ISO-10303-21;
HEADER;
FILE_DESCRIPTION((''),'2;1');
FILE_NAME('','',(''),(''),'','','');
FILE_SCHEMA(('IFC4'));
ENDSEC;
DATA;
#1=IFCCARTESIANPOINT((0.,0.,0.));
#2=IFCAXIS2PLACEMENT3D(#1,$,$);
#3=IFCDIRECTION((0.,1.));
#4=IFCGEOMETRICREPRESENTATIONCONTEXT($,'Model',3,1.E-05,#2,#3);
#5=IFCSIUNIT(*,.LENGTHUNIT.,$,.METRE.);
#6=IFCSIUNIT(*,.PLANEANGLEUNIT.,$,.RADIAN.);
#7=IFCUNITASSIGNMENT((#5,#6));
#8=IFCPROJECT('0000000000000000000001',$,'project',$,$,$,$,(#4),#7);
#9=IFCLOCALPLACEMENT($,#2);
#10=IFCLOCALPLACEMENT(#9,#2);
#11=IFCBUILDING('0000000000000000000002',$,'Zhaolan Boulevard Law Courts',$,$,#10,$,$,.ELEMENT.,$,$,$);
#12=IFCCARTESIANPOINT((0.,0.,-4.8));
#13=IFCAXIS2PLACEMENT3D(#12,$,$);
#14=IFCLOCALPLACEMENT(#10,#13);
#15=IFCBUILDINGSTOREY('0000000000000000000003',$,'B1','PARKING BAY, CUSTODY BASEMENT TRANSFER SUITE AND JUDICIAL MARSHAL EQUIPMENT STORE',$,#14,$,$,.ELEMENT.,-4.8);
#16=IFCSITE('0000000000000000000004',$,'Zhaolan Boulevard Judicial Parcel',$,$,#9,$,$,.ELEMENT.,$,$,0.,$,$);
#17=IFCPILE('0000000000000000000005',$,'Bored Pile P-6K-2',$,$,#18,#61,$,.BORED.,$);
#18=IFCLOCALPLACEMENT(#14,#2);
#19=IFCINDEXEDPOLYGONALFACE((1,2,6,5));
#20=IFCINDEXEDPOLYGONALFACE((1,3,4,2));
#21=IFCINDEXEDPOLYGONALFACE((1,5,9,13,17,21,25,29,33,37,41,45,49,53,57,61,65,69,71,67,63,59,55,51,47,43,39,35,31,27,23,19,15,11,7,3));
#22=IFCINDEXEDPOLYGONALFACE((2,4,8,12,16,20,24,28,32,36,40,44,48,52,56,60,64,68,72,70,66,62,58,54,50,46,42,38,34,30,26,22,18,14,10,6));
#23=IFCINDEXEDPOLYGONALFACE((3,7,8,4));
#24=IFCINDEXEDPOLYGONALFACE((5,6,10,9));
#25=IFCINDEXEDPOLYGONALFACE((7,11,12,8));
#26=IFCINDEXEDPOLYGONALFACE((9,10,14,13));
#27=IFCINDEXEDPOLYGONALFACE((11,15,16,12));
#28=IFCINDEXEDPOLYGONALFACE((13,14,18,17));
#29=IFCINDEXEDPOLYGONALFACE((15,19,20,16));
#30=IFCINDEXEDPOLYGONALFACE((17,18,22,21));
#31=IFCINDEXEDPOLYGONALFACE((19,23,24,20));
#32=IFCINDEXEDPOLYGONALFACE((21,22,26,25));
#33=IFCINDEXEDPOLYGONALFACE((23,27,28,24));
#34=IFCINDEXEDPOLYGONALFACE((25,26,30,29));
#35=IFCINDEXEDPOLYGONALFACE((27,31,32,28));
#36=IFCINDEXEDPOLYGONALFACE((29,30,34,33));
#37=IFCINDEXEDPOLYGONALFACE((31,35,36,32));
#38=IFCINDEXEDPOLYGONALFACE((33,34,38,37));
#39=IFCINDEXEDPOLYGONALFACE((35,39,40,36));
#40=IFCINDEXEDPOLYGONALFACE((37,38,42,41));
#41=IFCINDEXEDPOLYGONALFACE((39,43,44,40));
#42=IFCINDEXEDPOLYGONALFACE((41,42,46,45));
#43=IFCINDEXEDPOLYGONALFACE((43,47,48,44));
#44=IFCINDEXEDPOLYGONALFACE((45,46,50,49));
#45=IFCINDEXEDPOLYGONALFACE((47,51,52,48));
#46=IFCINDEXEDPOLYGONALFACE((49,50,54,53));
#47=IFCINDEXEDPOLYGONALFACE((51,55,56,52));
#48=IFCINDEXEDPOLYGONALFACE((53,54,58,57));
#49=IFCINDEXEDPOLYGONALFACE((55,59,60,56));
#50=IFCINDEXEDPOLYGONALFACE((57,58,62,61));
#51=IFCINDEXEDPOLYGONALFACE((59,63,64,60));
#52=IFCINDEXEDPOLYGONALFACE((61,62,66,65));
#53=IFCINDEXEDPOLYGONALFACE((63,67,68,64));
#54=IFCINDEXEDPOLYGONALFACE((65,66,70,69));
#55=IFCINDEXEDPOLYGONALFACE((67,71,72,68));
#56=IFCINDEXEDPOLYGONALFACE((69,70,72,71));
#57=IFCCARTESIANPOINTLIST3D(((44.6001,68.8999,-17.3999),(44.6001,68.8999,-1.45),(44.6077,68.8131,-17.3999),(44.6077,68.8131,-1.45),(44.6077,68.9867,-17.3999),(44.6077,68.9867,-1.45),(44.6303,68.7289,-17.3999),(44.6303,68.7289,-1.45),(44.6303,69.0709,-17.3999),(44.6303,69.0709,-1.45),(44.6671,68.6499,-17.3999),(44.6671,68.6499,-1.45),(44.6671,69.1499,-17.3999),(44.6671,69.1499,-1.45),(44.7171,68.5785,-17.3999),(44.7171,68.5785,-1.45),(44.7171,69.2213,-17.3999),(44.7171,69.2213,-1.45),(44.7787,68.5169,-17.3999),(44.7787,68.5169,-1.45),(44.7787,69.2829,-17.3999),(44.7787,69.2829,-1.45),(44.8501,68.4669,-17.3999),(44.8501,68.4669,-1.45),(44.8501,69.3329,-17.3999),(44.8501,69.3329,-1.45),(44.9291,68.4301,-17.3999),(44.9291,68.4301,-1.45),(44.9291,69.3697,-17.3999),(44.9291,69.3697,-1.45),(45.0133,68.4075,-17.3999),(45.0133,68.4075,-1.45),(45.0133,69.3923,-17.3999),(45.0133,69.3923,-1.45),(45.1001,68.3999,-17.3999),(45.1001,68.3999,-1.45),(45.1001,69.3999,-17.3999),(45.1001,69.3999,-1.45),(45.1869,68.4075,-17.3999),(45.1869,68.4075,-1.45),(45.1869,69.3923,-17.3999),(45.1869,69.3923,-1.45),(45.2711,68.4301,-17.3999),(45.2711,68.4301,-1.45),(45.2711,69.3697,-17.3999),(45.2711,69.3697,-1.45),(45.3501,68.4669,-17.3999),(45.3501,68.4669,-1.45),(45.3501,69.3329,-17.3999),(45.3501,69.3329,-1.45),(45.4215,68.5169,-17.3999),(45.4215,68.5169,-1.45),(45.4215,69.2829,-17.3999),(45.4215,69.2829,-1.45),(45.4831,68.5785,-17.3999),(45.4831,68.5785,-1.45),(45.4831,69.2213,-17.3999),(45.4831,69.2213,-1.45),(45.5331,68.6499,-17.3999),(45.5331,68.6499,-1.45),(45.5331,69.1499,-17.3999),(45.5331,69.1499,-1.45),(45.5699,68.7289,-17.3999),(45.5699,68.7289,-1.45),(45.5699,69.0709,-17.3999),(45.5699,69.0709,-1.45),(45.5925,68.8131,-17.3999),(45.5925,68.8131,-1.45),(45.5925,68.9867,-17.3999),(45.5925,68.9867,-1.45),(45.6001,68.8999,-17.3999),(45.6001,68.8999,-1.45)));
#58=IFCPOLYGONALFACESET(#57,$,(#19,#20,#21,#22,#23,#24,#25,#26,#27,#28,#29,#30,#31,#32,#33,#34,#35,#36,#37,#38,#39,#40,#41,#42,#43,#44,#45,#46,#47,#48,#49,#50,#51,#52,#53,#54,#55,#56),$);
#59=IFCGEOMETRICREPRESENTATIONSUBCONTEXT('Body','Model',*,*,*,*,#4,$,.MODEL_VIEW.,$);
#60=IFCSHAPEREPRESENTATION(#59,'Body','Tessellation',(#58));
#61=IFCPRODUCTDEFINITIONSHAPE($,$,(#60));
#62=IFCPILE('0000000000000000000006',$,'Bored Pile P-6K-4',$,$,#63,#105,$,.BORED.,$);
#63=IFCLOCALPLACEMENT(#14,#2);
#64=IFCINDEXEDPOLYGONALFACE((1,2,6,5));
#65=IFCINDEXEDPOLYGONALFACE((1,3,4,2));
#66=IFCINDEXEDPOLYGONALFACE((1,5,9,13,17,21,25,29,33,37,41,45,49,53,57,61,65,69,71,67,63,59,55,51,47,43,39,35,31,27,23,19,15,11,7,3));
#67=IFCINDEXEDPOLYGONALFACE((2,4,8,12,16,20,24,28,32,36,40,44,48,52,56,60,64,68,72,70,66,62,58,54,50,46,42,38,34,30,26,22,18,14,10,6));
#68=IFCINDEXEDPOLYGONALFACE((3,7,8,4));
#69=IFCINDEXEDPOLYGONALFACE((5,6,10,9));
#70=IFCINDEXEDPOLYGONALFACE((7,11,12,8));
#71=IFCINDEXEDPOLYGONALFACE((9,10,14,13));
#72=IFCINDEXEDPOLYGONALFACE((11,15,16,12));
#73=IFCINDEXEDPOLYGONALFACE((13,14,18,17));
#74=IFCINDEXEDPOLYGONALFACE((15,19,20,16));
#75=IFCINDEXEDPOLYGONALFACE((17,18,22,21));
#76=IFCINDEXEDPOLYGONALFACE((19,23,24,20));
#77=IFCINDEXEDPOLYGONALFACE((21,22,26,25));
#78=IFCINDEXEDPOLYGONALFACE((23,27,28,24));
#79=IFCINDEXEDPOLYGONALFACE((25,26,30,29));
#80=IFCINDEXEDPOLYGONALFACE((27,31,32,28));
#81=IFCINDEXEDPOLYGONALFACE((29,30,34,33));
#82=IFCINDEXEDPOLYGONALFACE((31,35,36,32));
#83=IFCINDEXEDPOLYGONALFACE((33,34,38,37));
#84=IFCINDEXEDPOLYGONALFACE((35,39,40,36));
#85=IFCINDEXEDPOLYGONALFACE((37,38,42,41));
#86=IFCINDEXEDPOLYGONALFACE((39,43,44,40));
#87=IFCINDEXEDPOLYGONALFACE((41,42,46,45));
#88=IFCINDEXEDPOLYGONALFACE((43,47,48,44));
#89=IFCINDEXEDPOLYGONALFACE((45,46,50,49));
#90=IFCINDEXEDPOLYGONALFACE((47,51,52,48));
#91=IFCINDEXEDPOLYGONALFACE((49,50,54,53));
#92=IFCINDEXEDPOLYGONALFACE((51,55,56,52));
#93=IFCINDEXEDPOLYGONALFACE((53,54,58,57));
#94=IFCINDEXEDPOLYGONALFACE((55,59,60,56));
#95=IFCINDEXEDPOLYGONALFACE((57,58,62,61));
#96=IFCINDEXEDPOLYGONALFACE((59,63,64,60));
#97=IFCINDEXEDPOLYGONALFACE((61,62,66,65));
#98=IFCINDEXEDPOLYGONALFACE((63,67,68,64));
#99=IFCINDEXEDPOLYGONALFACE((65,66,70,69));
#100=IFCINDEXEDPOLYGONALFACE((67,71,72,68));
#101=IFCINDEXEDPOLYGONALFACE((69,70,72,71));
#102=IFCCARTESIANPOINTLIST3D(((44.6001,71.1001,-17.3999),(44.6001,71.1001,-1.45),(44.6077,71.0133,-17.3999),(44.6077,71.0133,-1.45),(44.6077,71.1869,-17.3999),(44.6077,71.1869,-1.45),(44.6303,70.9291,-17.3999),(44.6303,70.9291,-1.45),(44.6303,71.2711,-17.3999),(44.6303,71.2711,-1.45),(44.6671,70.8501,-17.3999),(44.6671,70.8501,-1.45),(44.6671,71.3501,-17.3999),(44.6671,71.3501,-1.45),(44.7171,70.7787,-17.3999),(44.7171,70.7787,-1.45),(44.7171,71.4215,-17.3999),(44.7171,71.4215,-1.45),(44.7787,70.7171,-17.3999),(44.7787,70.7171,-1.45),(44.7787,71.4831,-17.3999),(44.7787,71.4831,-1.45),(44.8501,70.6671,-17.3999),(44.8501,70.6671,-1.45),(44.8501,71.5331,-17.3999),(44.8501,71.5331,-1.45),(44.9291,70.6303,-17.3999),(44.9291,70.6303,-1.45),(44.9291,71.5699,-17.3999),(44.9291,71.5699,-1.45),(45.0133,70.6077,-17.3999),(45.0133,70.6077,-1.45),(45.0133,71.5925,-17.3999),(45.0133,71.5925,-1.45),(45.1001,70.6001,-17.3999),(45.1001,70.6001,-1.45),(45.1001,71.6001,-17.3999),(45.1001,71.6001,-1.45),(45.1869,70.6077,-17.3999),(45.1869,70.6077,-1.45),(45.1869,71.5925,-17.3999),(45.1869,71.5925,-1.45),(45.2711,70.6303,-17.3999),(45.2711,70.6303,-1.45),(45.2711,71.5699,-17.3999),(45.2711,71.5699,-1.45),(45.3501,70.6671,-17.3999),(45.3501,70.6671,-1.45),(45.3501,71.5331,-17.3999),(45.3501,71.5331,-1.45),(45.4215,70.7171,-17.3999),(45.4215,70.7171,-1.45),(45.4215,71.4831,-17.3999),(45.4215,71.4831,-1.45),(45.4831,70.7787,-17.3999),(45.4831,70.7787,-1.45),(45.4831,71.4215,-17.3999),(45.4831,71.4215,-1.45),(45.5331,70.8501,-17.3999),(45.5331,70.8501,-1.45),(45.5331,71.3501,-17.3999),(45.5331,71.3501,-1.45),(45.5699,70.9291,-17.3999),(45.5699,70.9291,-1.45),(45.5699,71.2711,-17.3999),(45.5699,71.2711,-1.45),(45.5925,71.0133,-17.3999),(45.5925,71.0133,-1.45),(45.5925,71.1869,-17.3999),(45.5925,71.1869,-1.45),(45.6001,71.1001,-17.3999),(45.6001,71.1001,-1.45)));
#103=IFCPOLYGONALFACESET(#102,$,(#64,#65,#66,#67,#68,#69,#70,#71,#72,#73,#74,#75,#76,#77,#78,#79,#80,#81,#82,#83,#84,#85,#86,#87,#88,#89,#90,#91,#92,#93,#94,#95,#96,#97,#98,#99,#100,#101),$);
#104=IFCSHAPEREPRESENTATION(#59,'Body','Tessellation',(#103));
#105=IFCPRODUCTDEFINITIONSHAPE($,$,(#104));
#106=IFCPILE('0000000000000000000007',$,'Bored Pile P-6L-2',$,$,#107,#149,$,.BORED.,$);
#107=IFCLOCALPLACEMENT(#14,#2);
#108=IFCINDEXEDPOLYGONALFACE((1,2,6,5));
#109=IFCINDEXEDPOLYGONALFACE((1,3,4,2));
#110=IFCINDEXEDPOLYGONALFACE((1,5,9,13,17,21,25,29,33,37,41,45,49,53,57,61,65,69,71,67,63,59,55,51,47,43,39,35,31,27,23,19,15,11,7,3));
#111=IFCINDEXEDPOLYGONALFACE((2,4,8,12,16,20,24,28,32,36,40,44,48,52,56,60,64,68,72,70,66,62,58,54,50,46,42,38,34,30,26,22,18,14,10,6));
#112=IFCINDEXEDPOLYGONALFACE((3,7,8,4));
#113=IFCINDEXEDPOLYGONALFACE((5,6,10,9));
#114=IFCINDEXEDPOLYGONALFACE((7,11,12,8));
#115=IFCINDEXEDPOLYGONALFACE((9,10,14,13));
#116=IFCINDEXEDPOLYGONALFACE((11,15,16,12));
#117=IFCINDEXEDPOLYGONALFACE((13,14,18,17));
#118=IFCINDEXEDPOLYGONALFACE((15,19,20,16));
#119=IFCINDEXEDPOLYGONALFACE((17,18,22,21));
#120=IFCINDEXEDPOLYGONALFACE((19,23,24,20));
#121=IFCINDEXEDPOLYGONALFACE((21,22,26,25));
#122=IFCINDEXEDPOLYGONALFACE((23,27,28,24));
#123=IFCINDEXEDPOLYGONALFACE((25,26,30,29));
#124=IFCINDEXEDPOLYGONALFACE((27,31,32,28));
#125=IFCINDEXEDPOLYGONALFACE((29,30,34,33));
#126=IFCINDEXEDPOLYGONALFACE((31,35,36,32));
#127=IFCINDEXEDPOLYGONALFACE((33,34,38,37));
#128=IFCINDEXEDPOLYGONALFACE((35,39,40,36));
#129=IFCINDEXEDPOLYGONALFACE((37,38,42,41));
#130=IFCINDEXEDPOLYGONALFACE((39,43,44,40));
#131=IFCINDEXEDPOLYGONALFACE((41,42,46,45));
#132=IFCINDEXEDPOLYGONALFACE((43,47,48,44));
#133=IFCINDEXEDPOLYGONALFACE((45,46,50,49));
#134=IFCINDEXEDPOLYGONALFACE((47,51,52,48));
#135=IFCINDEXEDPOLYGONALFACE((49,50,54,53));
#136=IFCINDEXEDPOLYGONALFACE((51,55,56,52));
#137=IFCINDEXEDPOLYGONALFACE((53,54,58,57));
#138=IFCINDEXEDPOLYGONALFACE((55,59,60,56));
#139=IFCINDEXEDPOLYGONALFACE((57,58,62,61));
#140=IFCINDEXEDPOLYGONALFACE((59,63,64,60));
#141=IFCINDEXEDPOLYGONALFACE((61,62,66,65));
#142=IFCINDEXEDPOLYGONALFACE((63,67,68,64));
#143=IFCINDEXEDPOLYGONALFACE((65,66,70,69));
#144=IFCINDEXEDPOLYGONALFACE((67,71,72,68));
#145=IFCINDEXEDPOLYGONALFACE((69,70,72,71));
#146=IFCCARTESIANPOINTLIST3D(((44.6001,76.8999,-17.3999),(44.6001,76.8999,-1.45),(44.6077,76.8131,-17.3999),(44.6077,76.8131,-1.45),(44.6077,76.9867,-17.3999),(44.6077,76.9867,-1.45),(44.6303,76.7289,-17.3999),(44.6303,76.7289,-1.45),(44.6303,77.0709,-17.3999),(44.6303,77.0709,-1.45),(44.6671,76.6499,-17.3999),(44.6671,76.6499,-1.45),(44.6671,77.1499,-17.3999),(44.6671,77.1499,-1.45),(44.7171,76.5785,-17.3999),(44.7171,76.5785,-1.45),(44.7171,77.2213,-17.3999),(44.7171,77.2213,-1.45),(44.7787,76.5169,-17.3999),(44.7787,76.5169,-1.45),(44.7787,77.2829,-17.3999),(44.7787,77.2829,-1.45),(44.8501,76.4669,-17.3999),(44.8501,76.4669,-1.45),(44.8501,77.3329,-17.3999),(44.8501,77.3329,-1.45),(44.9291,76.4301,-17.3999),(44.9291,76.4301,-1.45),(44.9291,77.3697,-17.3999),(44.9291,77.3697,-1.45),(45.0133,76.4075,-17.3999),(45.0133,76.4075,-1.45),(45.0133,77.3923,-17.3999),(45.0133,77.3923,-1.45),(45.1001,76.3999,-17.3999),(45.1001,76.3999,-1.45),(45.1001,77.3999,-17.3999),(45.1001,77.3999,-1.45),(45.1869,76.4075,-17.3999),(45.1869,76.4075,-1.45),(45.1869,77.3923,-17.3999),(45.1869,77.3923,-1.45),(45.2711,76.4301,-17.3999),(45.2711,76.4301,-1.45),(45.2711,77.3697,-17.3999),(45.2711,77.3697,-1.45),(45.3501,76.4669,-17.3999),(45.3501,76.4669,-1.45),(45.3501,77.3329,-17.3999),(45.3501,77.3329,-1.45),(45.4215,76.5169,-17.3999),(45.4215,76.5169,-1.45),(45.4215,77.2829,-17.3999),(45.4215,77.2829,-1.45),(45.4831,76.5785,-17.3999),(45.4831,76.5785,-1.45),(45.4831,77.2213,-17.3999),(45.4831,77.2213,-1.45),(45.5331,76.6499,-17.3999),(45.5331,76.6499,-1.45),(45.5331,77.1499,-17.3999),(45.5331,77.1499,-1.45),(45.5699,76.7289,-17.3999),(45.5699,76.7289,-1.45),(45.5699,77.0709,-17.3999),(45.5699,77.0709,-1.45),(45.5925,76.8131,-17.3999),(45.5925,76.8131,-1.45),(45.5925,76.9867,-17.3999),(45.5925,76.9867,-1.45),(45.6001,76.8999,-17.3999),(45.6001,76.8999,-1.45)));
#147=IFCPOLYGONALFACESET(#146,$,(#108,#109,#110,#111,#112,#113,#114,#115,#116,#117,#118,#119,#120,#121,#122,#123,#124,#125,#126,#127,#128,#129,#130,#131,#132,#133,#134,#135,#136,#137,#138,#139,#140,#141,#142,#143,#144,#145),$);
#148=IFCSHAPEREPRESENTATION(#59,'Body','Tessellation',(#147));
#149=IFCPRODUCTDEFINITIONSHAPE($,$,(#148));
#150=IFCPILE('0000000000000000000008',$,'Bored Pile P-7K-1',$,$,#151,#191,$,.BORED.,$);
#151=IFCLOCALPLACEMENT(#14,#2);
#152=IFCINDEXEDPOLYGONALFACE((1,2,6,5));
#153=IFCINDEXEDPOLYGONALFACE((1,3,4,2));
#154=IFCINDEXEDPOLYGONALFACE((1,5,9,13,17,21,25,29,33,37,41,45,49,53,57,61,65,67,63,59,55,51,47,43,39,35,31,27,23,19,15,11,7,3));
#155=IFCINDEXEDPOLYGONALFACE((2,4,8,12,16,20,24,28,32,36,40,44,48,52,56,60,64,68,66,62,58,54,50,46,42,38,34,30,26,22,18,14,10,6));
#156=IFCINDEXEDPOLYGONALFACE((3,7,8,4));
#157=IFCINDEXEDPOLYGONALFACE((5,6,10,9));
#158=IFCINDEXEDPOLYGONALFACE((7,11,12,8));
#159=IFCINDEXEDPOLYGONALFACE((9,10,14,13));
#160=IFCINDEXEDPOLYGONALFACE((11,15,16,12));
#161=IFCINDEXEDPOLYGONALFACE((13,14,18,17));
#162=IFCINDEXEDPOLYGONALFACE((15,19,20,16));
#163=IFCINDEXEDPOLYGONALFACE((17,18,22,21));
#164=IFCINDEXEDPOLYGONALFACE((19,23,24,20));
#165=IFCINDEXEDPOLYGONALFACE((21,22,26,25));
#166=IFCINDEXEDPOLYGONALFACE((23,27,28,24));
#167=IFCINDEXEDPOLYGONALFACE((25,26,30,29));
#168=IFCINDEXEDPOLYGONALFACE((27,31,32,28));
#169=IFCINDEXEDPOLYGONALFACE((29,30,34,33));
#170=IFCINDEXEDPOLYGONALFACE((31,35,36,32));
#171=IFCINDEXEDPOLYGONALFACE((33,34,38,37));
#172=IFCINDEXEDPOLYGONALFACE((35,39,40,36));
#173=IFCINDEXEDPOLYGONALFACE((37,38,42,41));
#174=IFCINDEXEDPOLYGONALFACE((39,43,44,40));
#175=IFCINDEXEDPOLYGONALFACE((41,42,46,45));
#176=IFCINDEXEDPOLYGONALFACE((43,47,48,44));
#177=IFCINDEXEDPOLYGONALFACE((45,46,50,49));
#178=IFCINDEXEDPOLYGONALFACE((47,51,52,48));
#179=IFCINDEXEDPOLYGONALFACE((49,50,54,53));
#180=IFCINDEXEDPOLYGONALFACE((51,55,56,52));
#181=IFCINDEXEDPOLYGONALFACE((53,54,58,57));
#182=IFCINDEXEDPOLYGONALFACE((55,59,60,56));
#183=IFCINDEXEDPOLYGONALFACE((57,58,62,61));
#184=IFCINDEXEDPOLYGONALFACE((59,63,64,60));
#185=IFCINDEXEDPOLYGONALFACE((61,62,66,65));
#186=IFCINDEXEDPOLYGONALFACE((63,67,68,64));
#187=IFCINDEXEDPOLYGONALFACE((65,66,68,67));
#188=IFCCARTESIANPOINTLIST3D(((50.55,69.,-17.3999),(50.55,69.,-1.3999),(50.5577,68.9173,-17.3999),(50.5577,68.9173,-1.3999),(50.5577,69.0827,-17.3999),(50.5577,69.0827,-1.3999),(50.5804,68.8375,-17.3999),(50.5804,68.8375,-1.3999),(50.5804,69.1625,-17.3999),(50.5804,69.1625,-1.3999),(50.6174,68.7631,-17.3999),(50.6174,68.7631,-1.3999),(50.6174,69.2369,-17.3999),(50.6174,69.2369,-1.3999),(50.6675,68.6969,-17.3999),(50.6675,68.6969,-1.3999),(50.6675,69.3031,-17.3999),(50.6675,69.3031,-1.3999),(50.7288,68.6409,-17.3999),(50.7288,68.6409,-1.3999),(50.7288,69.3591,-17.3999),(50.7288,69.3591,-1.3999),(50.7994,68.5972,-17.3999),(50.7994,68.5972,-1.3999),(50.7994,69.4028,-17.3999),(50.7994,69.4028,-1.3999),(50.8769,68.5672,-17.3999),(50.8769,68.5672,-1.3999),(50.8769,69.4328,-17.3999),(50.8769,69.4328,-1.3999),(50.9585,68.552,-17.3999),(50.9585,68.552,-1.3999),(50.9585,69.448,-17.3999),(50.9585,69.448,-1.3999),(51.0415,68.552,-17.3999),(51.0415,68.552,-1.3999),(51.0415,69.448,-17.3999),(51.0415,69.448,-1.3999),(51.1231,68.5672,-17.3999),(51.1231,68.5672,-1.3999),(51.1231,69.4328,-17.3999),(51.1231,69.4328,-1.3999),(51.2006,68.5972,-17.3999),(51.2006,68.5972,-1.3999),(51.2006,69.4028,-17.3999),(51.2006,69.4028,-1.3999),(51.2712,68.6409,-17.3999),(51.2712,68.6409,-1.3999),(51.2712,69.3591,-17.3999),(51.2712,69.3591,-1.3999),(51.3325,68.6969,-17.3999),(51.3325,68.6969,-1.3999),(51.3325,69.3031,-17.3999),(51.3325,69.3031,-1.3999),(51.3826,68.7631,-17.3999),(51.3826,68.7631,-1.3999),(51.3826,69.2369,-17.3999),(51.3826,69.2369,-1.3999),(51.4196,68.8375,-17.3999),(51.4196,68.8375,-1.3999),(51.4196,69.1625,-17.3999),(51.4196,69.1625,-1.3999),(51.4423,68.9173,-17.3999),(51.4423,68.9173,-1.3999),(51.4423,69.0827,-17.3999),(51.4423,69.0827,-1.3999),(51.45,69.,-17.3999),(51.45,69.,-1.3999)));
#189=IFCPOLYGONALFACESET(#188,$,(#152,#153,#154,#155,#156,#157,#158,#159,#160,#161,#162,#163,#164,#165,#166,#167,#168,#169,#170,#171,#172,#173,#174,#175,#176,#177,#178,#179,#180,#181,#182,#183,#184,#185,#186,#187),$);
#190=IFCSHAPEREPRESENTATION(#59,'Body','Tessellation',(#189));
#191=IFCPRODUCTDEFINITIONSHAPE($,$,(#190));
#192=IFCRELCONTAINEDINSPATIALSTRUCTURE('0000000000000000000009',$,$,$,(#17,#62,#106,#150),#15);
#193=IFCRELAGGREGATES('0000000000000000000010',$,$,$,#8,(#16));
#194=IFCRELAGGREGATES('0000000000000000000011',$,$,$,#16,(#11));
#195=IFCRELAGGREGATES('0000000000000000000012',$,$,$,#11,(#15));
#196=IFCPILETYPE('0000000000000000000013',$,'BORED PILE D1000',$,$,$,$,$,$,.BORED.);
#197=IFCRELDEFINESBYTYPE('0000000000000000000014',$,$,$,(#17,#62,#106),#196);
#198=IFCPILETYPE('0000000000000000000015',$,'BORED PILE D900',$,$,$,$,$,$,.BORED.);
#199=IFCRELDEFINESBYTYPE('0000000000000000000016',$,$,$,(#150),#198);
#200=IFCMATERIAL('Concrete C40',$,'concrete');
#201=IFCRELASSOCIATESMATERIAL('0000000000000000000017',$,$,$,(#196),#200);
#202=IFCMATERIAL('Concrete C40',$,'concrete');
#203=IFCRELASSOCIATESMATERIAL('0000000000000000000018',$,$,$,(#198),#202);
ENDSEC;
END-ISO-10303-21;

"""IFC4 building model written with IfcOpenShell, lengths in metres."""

from ifc_helpers import new_model, si_unit, direction, frame, origin, origin_2d, place, context, subcontext, project, spatial, circle, extrude, material, material_profile, profile_set, type_object, element, save


model = new_model("IFC4")

# Units and contexts
model_context = context("Model", 3, precision=1e-05, world=origin(), true_north=direction((0.0, 1.0)))
body_context = subcontext(model_context, "Body", "Model", "MODEL_VIEW")
ifc_project = project(units=[si_unit("LENGTHUNIT", "METRE"), si_unit("PLANEANGLEUNIT", "RADIAN")], contexts=[model_context])

# Site, building, storey
site_placement = place(None, origin())
site = spatial("IfcSite", under=ifc_project, at=site_placement, Name="Zhaolan Boulevard Judicial Parcel", CompositionType="ELEMENT", RefElevation=0.0)
building_placement = place(site_placement, origin())
building = spatial("IfcBuilding", under=site, at=building_placement, Name="Zhaolan Boulevard Law Courts", CompositionType="ELEMENT")
storey_placement = place(building_placement, frame((0.0, 0.0, -4.8)))
storey = spatial("IfcBuildingStorey", under=building, at=storey_placement, Name="B1", Description="PARKING BAY, CUSTODY BASEMENT TRANSFER SUITE AND JUDICIAL MARSHAL EQUIPMENT STORE", CompositionType="ELEMENT", Elevation=-4.8)

# Piles
ifc_material_1 = material(Name="Concrete C40", Category="concrete")
ifc_material_profile_1 = material_profile(ifc_material_1, circle(Radius=0.5, at=origin_2d()), Name="PILE-D1000")
ifc_profile_set_1 = profile_set([ifc_material_profile_1], Name="Concrete C40")
pile_type_1 = type_object("IfcPileType", Name="BORED PILE D1000", PredefinedType="BORED", material=ifc_profile_set_1)
for number, where, z_axis, x_axis, name in (
    (1, (45.1001, 68.8999, -1.45), (0.0, 0.0, -1.0), (1.0, 0.0, 0.0), "Bored Pile P-6K-2"),
    (2, (45.1001, 71.1001, -1.45), (0.0, 0.0, -1.0), (1.0, 0.0, 0.0), "Bored Pile P-6K-4"),
    (3, (45.1001, 76.8999, -1.45), (0.0, 0.0, -1.0), (1.0, 0.0, 0.0), "Bored Pile P-6L-2"),
):
    element("IfcPile", number, at=place(storey_placement, frame(where, z_axis=z_axis, x_axis=x_axis)), inside=storey, type_object=pile_type_1, Name=name, PredefinedType="BORED", context=body_context, shape_type="SweptSolid", body=[
        extrude(circle(Radius=0.5, at=origin_2d()), origin(), (0.0, 0.0, 1.0), 15.95),
    ])
ifc_material_2 = material(Name="Concrete C40", Category="concrete")
ifc_material_profile_2 = material_profile(ifc_material_2, circle(Radius=0.45, at=origin_2d()), Name="PILE-D900")
ifc_profile_set_2 = profile_set([ifc_material_profile_2], Name="Concrete C40")
pile_type_2 = type_object("IfcPileType", Name="BORED PILE D900", PredefinedType="BORED", material=ifc_profile_set_2)
for number, where, z_axis, x_axis, name in (
    (4, (51.0, 69.0, -1.3999), (0.0, 0.0, -1.0), (1.0, 0.0, 0.0), "Bored Pile P-7K-1"),
):
    element("IfcPile", number, at=place(storey_placement, frame(where, z_axis=z_axis, x_axis=x_axis)), inside=storey, type_object=pile_type_2, Name=name, PredefinedType="BORED", context=body_context, shape_type="SweptSolid", body=[
        extrude(circle(Radius=0.45, at=origin_2d()), origin(), (0.0, 0.0, 1.0), 16.0),
    ])

save(model, "model.ifc")
